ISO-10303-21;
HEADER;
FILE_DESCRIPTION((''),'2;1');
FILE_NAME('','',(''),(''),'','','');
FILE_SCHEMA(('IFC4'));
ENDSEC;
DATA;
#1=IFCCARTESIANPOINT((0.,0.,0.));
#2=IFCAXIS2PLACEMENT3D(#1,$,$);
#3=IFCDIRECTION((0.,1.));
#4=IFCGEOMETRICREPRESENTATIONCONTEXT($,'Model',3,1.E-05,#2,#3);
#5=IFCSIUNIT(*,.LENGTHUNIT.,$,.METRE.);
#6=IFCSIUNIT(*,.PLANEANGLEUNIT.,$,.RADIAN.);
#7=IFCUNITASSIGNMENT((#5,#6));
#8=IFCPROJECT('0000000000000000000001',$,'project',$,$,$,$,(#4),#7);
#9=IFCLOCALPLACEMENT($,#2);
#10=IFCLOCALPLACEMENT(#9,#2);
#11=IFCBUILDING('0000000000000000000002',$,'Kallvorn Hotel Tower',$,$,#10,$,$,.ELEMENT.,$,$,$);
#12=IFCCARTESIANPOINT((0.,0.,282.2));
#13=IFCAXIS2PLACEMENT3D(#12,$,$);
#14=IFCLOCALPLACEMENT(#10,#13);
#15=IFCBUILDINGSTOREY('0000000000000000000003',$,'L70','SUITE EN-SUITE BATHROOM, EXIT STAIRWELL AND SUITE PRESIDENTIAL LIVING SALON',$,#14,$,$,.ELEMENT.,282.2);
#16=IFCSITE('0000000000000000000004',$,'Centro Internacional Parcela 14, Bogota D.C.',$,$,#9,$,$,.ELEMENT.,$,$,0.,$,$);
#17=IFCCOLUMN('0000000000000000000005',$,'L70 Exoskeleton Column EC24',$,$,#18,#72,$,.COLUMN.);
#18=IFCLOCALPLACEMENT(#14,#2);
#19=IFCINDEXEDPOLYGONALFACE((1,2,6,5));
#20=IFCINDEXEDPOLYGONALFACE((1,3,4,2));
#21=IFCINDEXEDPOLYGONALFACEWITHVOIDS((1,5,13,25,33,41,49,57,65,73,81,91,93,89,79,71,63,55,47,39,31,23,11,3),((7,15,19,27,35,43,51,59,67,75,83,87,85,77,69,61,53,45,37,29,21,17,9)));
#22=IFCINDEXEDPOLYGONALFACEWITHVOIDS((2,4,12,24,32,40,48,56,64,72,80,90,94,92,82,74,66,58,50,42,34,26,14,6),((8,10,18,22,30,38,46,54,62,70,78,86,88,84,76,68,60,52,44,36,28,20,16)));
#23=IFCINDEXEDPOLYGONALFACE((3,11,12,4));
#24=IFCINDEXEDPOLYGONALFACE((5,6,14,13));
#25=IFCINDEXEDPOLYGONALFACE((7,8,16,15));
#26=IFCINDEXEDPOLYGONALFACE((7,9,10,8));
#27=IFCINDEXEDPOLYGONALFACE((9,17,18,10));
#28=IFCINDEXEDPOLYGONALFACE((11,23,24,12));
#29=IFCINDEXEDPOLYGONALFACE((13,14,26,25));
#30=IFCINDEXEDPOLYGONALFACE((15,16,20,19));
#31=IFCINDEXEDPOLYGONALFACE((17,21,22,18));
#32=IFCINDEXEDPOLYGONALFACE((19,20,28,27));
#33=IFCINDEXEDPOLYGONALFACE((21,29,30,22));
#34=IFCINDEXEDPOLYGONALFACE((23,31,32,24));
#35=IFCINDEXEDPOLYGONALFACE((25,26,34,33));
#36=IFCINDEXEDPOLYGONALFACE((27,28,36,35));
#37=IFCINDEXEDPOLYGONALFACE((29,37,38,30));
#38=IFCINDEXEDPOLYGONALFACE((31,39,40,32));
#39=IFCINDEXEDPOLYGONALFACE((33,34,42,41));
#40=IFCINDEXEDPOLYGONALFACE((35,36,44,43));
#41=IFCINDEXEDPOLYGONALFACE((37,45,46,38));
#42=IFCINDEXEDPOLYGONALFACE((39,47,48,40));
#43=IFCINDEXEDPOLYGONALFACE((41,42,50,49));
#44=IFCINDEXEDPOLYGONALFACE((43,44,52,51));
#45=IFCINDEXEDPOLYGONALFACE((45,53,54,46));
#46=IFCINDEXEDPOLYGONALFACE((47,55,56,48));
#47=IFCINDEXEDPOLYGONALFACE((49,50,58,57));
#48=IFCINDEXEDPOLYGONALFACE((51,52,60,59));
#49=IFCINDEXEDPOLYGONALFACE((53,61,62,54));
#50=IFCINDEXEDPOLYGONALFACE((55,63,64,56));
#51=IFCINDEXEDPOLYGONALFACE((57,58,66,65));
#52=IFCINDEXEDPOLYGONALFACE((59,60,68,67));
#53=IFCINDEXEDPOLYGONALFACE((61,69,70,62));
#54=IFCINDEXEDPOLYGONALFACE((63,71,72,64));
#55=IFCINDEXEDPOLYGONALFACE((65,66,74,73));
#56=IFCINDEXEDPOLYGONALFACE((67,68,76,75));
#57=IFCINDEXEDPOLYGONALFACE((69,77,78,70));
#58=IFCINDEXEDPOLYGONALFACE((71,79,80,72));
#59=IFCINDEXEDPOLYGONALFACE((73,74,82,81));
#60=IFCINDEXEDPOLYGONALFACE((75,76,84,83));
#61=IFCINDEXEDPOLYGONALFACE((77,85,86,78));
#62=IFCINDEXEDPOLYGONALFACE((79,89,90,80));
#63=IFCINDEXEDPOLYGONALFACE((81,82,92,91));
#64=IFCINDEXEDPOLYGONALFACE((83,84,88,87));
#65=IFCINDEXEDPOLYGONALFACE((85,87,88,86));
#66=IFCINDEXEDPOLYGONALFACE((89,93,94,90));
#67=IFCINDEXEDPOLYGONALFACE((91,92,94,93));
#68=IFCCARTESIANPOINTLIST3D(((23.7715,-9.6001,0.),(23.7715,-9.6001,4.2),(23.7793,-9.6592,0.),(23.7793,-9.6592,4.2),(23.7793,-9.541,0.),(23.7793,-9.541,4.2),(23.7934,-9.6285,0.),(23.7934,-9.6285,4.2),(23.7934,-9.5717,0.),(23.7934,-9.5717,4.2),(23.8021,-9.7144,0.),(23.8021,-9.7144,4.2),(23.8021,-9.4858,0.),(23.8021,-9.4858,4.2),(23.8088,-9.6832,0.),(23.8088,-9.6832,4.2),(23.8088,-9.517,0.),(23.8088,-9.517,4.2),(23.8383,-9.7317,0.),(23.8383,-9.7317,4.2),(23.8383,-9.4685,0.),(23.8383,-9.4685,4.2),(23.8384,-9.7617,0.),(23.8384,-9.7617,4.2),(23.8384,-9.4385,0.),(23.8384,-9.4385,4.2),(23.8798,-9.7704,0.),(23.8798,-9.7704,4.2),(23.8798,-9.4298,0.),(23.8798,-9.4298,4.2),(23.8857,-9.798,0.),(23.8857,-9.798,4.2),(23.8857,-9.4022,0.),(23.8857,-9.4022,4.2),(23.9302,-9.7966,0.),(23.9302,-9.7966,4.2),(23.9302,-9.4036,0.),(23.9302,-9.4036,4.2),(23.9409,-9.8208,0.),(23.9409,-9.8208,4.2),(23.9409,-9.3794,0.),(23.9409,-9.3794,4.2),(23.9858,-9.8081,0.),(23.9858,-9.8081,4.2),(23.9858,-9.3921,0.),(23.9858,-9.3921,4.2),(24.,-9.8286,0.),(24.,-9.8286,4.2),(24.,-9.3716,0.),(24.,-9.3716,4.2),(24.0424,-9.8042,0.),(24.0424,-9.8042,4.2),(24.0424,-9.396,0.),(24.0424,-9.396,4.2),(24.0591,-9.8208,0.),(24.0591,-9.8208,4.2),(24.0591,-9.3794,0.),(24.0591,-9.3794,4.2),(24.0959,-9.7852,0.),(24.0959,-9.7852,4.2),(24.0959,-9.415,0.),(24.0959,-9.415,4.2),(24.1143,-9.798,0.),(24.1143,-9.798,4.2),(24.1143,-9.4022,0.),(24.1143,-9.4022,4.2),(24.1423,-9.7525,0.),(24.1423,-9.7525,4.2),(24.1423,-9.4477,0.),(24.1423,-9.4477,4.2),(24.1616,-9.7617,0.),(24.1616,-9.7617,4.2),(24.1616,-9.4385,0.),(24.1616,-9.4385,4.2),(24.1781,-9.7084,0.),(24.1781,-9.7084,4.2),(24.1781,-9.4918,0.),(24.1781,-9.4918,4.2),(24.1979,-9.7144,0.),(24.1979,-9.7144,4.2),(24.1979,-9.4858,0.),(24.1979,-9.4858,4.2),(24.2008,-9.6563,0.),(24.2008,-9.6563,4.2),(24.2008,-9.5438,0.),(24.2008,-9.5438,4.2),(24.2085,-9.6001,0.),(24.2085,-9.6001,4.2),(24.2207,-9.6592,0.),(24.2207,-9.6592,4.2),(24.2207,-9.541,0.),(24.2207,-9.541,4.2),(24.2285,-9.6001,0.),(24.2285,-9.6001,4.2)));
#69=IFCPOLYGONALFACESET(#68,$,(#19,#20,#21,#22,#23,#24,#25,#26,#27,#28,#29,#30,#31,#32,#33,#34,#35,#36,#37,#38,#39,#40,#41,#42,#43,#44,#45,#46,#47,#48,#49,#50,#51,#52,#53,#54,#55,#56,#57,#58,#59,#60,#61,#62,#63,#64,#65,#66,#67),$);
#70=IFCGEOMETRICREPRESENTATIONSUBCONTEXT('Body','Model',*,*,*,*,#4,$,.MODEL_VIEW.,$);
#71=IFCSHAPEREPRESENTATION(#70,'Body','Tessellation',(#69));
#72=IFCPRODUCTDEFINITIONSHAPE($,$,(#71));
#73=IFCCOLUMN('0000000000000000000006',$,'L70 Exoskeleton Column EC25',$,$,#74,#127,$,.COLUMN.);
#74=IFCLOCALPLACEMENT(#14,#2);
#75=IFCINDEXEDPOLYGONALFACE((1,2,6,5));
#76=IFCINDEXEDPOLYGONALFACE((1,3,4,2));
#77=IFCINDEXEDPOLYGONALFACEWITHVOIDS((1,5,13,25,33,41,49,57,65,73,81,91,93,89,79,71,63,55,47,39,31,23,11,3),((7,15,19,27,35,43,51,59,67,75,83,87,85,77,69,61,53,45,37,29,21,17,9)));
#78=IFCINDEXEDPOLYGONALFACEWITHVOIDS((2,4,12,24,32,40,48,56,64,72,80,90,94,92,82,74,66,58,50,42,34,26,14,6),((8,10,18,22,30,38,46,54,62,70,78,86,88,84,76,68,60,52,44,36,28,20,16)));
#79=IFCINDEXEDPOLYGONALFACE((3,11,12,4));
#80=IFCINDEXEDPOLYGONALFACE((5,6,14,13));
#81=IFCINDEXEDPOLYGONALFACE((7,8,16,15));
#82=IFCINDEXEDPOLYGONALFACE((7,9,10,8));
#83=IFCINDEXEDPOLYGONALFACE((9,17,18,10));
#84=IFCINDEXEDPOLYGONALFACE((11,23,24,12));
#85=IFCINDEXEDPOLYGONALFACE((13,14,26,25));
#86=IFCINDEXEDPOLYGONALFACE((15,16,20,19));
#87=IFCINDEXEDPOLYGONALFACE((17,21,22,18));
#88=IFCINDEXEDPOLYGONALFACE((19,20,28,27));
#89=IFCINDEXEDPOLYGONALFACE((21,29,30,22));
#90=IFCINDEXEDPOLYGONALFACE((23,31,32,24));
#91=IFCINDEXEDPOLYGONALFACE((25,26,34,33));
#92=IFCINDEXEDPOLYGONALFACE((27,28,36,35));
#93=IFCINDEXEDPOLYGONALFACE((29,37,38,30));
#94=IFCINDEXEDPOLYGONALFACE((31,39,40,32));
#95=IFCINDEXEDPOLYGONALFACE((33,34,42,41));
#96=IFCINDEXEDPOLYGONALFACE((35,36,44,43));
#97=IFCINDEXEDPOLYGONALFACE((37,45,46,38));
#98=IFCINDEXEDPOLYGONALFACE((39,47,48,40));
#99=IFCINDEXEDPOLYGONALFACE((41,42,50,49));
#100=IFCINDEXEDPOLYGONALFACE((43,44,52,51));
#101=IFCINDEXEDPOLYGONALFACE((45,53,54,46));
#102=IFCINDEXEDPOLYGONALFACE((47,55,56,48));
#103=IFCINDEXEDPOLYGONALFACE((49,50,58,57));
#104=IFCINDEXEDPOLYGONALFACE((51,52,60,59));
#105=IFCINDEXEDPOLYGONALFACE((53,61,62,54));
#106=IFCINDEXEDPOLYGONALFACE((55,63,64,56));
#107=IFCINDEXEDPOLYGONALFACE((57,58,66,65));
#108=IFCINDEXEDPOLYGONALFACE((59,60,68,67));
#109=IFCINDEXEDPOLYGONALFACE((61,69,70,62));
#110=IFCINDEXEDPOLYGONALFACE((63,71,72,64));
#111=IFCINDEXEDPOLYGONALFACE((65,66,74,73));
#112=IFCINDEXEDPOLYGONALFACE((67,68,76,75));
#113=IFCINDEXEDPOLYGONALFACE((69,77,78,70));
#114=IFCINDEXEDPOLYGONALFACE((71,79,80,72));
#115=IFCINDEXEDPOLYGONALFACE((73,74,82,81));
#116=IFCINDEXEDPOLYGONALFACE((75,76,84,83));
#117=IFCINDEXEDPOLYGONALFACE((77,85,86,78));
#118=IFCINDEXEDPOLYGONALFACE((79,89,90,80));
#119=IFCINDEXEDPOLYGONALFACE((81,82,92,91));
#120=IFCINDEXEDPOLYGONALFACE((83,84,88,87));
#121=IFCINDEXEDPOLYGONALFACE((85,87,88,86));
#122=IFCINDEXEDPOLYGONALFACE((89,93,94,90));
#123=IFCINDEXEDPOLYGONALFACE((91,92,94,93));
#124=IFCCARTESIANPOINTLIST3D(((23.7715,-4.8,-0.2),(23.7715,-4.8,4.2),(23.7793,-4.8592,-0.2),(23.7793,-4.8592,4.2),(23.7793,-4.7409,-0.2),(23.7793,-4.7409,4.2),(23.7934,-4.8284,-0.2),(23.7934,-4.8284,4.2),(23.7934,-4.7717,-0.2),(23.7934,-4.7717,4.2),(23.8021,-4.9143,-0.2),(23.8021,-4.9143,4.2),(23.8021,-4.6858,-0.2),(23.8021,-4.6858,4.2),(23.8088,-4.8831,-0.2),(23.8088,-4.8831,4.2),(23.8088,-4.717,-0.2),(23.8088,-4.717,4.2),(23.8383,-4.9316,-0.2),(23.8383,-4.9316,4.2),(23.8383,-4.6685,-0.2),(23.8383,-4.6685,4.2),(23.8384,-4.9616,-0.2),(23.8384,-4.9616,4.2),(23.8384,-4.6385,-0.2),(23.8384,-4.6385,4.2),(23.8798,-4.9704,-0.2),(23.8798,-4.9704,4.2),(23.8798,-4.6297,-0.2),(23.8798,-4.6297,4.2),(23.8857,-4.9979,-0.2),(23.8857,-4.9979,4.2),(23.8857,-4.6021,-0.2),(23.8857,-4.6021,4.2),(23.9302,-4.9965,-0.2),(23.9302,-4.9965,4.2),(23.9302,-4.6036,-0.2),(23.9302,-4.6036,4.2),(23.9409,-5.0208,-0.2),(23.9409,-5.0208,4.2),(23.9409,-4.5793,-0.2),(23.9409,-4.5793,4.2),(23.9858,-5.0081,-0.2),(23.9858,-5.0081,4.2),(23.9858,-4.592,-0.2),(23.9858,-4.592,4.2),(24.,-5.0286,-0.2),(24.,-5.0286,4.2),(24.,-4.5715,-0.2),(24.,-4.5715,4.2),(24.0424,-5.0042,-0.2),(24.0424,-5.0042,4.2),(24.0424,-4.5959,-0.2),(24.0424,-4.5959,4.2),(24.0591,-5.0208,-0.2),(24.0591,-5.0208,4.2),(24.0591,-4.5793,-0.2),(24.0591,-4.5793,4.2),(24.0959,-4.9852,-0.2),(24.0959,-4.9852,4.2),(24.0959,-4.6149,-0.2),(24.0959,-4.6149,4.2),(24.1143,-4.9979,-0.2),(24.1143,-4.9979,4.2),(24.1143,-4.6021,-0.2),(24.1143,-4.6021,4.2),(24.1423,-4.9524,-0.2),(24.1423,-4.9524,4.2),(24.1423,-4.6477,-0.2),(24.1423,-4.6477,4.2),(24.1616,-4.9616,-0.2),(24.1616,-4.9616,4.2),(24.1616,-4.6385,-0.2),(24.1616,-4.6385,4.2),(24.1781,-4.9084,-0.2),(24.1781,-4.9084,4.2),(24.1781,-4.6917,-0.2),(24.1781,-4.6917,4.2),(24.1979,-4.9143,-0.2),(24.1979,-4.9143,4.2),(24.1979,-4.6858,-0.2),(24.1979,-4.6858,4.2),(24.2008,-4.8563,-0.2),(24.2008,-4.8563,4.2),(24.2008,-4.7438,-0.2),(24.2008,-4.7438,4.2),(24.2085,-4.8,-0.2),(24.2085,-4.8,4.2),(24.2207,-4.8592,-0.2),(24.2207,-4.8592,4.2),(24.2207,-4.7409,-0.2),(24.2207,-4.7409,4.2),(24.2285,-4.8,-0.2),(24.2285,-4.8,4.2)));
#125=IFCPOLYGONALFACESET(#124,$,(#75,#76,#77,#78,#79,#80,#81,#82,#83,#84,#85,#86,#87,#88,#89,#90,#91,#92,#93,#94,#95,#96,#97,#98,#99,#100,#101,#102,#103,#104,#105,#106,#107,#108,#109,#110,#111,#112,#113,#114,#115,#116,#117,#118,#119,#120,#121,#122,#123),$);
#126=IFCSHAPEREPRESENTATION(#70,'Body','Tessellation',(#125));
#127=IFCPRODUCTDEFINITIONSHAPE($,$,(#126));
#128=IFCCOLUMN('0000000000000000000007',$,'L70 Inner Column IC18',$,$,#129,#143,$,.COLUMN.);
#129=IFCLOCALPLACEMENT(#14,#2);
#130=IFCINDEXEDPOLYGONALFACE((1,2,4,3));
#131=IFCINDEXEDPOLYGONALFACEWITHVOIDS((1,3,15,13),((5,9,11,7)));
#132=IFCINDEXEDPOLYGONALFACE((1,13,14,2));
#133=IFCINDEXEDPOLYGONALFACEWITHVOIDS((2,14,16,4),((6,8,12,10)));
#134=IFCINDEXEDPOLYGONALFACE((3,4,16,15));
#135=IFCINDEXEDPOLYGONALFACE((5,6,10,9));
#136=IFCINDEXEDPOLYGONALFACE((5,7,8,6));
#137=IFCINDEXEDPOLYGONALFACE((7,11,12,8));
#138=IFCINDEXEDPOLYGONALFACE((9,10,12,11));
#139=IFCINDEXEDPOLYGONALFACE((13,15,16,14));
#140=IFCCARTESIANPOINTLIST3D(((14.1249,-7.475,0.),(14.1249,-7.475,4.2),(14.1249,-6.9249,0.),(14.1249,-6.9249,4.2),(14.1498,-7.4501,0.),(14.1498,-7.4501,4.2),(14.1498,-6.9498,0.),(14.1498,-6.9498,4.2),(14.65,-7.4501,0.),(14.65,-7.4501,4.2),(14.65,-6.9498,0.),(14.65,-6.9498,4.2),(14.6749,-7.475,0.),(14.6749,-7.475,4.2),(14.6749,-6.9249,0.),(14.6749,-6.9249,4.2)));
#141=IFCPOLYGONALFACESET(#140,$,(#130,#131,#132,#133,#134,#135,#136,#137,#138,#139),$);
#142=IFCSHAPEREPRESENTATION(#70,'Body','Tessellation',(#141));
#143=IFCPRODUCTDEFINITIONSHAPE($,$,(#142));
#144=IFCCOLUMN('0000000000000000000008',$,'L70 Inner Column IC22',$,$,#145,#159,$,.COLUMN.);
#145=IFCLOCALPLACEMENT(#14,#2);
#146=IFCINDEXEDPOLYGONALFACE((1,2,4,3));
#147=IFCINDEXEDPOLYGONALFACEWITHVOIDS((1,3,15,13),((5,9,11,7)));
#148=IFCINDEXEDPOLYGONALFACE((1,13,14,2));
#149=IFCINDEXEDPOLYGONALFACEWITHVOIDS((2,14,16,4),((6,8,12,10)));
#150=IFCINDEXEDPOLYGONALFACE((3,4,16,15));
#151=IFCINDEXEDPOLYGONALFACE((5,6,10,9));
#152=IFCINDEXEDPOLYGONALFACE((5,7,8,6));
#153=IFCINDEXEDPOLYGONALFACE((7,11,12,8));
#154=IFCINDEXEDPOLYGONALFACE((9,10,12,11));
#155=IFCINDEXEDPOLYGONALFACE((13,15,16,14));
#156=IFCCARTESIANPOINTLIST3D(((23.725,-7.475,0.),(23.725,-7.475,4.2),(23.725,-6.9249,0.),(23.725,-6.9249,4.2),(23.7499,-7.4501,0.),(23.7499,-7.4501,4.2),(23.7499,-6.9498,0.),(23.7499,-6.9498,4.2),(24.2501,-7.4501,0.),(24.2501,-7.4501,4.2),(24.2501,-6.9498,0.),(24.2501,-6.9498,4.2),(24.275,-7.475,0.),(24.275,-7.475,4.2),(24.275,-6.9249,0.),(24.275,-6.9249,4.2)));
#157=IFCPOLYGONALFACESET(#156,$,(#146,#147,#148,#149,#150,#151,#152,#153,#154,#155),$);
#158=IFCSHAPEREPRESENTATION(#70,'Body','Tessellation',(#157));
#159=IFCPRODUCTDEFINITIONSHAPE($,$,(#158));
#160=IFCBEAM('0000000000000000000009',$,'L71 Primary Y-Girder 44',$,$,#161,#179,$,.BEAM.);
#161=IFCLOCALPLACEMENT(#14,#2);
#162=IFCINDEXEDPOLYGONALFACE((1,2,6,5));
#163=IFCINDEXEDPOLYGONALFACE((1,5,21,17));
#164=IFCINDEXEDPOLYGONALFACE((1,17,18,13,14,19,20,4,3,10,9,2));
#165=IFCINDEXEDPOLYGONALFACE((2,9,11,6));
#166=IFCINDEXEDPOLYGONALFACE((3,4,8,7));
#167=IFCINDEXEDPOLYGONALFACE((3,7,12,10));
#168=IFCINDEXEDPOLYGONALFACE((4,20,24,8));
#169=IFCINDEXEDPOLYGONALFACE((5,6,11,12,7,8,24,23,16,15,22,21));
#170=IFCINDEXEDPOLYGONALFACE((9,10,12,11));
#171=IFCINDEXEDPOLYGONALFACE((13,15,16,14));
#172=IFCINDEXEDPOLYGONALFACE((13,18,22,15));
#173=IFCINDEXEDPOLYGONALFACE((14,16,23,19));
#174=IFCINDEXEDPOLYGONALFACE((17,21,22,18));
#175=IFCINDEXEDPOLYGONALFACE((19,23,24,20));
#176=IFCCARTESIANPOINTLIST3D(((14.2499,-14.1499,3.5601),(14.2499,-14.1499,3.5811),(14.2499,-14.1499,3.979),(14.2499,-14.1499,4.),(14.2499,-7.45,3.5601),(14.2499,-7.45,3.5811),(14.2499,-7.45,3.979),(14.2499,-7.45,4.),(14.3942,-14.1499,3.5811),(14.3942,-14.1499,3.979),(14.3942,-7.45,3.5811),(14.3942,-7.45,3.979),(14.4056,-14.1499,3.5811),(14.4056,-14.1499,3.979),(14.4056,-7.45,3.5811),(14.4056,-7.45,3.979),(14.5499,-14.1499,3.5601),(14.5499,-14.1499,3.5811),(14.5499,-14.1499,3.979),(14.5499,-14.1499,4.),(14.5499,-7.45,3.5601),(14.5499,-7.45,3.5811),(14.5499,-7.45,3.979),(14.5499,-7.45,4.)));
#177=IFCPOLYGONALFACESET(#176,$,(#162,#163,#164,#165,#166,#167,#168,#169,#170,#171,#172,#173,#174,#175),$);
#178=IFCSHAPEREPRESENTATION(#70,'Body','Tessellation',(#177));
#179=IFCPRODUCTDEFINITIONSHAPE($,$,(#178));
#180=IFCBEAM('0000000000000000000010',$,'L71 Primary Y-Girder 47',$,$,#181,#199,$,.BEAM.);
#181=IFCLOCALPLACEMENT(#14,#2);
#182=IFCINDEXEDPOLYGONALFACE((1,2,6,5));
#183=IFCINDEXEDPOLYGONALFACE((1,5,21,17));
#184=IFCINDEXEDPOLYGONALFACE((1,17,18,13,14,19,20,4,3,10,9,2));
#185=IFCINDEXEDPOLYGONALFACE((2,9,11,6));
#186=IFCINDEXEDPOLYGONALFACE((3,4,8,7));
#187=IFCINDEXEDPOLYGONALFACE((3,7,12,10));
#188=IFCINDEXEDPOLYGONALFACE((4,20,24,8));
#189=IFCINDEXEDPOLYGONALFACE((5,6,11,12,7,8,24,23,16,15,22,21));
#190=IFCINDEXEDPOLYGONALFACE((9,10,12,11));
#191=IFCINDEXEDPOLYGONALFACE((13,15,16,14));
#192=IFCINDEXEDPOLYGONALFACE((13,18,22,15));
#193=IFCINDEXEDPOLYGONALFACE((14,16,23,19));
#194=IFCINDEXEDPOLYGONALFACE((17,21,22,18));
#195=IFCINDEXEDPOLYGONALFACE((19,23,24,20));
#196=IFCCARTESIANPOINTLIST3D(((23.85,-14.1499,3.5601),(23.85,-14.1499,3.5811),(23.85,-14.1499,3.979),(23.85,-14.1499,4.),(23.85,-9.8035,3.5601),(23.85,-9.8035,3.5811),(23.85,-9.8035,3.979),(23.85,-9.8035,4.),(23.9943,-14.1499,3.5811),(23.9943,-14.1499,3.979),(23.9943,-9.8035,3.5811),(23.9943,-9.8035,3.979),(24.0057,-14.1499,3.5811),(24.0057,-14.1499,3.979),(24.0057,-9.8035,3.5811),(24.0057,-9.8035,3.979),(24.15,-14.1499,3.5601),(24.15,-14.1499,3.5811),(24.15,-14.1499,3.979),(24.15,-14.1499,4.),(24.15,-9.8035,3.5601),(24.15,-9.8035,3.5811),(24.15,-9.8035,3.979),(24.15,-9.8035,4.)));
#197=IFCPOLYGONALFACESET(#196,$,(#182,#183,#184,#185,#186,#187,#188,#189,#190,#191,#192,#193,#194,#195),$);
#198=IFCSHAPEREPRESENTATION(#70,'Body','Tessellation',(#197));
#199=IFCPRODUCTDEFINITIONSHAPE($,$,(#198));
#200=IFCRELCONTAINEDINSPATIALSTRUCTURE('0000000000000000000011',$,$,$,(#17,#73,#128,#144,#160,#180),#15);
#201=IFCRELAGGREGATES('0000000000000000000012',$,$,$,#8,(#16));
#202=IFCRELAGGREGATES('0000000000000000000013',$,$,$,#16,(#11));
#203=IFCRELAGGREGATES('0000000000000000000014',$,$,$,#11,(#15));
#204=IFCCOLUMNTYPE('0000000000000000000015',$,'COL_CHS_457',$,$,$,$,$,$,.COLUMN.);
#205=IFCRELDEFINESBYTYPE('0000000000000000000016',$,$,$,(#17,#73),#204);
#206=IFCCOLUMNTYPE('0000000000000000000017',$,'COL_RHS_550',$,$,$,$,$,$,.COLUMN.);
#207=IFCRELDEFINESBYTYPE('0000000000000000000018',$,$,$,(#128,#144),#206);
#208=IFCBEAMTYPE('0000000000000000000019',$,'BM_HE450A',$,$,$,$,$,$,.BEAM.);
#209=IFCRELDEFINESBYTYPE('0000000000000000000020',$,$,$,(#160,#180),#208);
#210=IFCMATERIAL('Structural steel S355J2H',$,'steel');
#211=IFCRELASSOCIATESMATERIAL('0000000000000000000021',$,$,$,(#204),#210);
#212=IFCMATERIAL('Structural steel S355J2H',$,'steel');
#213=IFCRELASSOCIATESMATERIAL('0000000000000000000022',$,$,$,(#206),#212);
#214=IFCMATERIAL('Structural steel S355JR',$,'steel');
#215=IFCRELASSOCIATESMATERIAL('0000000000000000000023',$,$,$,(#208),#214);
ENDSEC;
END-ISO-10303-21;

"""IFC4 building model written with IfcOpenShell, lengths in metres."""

from ifc_helpers import new_model, si_unit, direction, frame, origin, origin_2d, place, context, subcontext, project, spatial, hollow_rectangle, hollow_circle, i_section, extrude, material, material_profile, profile_set, type_object, element, save


model = new_model("IFC4")

# Units and contexts
model_context = context("Model", 3, precision=1e-05, world=origin(), true_north=direction((0.0, 1.0)))
body_context = subcontext(model_context, "Body", "Model", "MODEL_VIEW")
ifc_project = project(units=[si_unit("LENGTHUNIT", "METRE"), si_unit("PLANEANGLEUNIT", "RADIAN")], contexts=[model_context])

# Site, building, storey
site_placement = place(None, origin())
site = spatial("IfcSite", under=ifc_project, at=site_placement, Name="Centro Internacional Parcela 14, Bogota D.C.", CompositionType="ELEMENT", RefElevation=0.0)
building_placement = place(site_placement, origin())
building = spatial("IfcBuilding", under=site, at=building_placement, Name="Kallvorn Hotel Tower", CompositionType="ELEMENT")
storey_placement = place(building_placement, frame((0.0, 0.0, 282.2)))
storey = spatial("IfcBuildingStorey", under=building, at=storey_placement, Name="L70", Description="SUITE EN-SUITE BATHROOM, EXIT STAIRWELL AND SUITE PRESIDENTIAL LIVING SALON", CompositionType="ELEMENT", Elevation=282.2)

# Columns
ifc_material_1 = material(Name="Structural steel S355J2H", Category="steel")
ifc_material_profile_1 = material_profile(ifc_material_1, hollow_circle(Radius=0.2285, WallThickness=0.02, at=origin_2d()), Name="CHS 457x20")
ifc_profile_set_1 = profile_set([ifc_material_profile_1], Name="Structural steel S355J2H")
column_type_1 = type_object("IfcColumnType", Name="COL_CHS_457", PredefinedType="COLUMN", material=ifc_profile_set_1)
column_1_placement = place(storey_placement, frame((24.0, -9.6001, 0.0), z_axis=(0.0, 0.0, 1.0), x_axis=(1.0, 0.0, 0.0)))
element("IfcColumn", 1, at=column_1_placement, inside=storey, type_object=column_type_1, Name="L70 Exoskeleton Column EC24", PredefinedType="COLUMN", context=body_context, shape_type="SweptSolid", body=[
    extrude(hollow_circle(Radius=0.2285, WallThickness=0.02, at=origin_2d()), origin(), (0.0, 0.0, 1.0), 4.2),
])
column_2_placement = place(storey_placement, frame((24.0, -4.8, -0.2), z_axis=(0.0, 0.0, 1.0), x_axis=(1.0, 0.0, 0.0)))
element("IfcColumn", 2, at=column_2_placement, inside=storey, type_object=column_type_1, Name="L70 Exoskeleton Column EC25", PredefinedType="COLUMN", context=body_context, shape_type="SweptSolid", body=[
    extrude(hollow_circle(Radius=0.2285, WallThickness=0.02, at=origin_2d()), origin(), (0.0, 0.0, 1.0), 4.3999),
])
ifc_material_2 = material(Name="Structural steel S355J2H", Category="steel")
ifc_material_profile_2 = material_profile(ifc_material_2, hollow_rectangle(XDim=0.55, YDim=0.55, WallThickness=0.0249, at=origin_2d()), Name="RHS 550x550x25")
ifc_profile_set_2 = profile_set([ifc_material_profile_2], Name="Structural steel S355J2H")
column_type_2 = type_object("IfcColumnType", Name="COL_RHS_550", PredefinedType="COLUMN", material=ifc_profile_set_2)
for number, where, z_axis, x_axis, name in (
    (3, (14.3999, -7.2, 0.0), (0.0, 0.0, 1.0), (1.0, 0.0, 0.0), "L70 Inner Column IC18"),
    (4, (24.0, -7.2, 0.0), (0.0, 0.0, 1.0), (1.0, 0.0, 0.0), "L70 Inner Column IC22"),
):
    element("IfcColumn", number, at=place(storey_placement, frame(where, z_axis=z_axis, x_axis=x_axis)), inside=storey, type_object=column_type_2, Name=name, PredefinedType="COLUMN", context=body_context, shape_type="SweptSolid", body=[
        extrude(hollow_rectangle(XDim=0.55, YDim=0.55, WallThickness=0.0249, at=origin_2d()), origin(), (0.0, 0.0, 1.0), 4.2),
    ])

# Beams
ifc_material_3 = material(Name="Structural steel S355JR", Category="steel")
ifc_material_profile_3 = material_profile(ifc_material_3, i_section(OverallWidth=0.3, OverallDepth=0.4399, WebThickness=0.0115, FlangeThickness=0.021, at=origin_2d()), Name="HE 450 A")
ifc_profile_set_3 = profile_set([ifc_material_profile_3], Name="Structural steel S355JR")
beam_type_1 = type_object("IfcBeamType", Name="BM_HE450A", PredefinedType="BEAM", material=ifc_profile_set_3)
beam_1_placement = place(storey_placement, frame((14.3999, -14.1499, 3.78), z_axis=(0.0, 1.0, 0.0), x_axis=(-1.0, 0.0, 0.0)))
element("IfcBeam", 5, at=beam_1_placement, inside=storey, type_object=beam_type_1, Name="L71 Primary Y-Girder 44", PredefinedType="BEAM", context=body_context, shape_type="SweptSolid", body=[
    extrude(i_section(OverallWidth=0.3, OverallDepth=0.4399, WebThickness=0.0115, FlangeThickness=0.021, at=origin_2d()), origin(), (0.0, 0.0, 1.0), 6.7),
])
beam_2_placement = place(storey_placement, frame((24.0, -14.1499, 3.78), z_axis=(0.0, 1.0, 0.0), x_axis=(-1.0, 0.0, 0.0)))
element("IfcBeam", 6, at=beam_2_placement, inside=storey, type_object=beam_type_1, Name="L71 Primary Y-Girder 47", PredefinedType="BEAM", context=body_context, shape_type="SweptSolid", body=[
    extrude(i_section(OverallWidth=0.3, OverallDepth=0.4399, WebThickness=0.0115, FlangeThickness=0.021, at=origin_2d()), origin(), (0.0, 0.0, 1.0), 4.3464),
])

save(model, "model.ifc")
